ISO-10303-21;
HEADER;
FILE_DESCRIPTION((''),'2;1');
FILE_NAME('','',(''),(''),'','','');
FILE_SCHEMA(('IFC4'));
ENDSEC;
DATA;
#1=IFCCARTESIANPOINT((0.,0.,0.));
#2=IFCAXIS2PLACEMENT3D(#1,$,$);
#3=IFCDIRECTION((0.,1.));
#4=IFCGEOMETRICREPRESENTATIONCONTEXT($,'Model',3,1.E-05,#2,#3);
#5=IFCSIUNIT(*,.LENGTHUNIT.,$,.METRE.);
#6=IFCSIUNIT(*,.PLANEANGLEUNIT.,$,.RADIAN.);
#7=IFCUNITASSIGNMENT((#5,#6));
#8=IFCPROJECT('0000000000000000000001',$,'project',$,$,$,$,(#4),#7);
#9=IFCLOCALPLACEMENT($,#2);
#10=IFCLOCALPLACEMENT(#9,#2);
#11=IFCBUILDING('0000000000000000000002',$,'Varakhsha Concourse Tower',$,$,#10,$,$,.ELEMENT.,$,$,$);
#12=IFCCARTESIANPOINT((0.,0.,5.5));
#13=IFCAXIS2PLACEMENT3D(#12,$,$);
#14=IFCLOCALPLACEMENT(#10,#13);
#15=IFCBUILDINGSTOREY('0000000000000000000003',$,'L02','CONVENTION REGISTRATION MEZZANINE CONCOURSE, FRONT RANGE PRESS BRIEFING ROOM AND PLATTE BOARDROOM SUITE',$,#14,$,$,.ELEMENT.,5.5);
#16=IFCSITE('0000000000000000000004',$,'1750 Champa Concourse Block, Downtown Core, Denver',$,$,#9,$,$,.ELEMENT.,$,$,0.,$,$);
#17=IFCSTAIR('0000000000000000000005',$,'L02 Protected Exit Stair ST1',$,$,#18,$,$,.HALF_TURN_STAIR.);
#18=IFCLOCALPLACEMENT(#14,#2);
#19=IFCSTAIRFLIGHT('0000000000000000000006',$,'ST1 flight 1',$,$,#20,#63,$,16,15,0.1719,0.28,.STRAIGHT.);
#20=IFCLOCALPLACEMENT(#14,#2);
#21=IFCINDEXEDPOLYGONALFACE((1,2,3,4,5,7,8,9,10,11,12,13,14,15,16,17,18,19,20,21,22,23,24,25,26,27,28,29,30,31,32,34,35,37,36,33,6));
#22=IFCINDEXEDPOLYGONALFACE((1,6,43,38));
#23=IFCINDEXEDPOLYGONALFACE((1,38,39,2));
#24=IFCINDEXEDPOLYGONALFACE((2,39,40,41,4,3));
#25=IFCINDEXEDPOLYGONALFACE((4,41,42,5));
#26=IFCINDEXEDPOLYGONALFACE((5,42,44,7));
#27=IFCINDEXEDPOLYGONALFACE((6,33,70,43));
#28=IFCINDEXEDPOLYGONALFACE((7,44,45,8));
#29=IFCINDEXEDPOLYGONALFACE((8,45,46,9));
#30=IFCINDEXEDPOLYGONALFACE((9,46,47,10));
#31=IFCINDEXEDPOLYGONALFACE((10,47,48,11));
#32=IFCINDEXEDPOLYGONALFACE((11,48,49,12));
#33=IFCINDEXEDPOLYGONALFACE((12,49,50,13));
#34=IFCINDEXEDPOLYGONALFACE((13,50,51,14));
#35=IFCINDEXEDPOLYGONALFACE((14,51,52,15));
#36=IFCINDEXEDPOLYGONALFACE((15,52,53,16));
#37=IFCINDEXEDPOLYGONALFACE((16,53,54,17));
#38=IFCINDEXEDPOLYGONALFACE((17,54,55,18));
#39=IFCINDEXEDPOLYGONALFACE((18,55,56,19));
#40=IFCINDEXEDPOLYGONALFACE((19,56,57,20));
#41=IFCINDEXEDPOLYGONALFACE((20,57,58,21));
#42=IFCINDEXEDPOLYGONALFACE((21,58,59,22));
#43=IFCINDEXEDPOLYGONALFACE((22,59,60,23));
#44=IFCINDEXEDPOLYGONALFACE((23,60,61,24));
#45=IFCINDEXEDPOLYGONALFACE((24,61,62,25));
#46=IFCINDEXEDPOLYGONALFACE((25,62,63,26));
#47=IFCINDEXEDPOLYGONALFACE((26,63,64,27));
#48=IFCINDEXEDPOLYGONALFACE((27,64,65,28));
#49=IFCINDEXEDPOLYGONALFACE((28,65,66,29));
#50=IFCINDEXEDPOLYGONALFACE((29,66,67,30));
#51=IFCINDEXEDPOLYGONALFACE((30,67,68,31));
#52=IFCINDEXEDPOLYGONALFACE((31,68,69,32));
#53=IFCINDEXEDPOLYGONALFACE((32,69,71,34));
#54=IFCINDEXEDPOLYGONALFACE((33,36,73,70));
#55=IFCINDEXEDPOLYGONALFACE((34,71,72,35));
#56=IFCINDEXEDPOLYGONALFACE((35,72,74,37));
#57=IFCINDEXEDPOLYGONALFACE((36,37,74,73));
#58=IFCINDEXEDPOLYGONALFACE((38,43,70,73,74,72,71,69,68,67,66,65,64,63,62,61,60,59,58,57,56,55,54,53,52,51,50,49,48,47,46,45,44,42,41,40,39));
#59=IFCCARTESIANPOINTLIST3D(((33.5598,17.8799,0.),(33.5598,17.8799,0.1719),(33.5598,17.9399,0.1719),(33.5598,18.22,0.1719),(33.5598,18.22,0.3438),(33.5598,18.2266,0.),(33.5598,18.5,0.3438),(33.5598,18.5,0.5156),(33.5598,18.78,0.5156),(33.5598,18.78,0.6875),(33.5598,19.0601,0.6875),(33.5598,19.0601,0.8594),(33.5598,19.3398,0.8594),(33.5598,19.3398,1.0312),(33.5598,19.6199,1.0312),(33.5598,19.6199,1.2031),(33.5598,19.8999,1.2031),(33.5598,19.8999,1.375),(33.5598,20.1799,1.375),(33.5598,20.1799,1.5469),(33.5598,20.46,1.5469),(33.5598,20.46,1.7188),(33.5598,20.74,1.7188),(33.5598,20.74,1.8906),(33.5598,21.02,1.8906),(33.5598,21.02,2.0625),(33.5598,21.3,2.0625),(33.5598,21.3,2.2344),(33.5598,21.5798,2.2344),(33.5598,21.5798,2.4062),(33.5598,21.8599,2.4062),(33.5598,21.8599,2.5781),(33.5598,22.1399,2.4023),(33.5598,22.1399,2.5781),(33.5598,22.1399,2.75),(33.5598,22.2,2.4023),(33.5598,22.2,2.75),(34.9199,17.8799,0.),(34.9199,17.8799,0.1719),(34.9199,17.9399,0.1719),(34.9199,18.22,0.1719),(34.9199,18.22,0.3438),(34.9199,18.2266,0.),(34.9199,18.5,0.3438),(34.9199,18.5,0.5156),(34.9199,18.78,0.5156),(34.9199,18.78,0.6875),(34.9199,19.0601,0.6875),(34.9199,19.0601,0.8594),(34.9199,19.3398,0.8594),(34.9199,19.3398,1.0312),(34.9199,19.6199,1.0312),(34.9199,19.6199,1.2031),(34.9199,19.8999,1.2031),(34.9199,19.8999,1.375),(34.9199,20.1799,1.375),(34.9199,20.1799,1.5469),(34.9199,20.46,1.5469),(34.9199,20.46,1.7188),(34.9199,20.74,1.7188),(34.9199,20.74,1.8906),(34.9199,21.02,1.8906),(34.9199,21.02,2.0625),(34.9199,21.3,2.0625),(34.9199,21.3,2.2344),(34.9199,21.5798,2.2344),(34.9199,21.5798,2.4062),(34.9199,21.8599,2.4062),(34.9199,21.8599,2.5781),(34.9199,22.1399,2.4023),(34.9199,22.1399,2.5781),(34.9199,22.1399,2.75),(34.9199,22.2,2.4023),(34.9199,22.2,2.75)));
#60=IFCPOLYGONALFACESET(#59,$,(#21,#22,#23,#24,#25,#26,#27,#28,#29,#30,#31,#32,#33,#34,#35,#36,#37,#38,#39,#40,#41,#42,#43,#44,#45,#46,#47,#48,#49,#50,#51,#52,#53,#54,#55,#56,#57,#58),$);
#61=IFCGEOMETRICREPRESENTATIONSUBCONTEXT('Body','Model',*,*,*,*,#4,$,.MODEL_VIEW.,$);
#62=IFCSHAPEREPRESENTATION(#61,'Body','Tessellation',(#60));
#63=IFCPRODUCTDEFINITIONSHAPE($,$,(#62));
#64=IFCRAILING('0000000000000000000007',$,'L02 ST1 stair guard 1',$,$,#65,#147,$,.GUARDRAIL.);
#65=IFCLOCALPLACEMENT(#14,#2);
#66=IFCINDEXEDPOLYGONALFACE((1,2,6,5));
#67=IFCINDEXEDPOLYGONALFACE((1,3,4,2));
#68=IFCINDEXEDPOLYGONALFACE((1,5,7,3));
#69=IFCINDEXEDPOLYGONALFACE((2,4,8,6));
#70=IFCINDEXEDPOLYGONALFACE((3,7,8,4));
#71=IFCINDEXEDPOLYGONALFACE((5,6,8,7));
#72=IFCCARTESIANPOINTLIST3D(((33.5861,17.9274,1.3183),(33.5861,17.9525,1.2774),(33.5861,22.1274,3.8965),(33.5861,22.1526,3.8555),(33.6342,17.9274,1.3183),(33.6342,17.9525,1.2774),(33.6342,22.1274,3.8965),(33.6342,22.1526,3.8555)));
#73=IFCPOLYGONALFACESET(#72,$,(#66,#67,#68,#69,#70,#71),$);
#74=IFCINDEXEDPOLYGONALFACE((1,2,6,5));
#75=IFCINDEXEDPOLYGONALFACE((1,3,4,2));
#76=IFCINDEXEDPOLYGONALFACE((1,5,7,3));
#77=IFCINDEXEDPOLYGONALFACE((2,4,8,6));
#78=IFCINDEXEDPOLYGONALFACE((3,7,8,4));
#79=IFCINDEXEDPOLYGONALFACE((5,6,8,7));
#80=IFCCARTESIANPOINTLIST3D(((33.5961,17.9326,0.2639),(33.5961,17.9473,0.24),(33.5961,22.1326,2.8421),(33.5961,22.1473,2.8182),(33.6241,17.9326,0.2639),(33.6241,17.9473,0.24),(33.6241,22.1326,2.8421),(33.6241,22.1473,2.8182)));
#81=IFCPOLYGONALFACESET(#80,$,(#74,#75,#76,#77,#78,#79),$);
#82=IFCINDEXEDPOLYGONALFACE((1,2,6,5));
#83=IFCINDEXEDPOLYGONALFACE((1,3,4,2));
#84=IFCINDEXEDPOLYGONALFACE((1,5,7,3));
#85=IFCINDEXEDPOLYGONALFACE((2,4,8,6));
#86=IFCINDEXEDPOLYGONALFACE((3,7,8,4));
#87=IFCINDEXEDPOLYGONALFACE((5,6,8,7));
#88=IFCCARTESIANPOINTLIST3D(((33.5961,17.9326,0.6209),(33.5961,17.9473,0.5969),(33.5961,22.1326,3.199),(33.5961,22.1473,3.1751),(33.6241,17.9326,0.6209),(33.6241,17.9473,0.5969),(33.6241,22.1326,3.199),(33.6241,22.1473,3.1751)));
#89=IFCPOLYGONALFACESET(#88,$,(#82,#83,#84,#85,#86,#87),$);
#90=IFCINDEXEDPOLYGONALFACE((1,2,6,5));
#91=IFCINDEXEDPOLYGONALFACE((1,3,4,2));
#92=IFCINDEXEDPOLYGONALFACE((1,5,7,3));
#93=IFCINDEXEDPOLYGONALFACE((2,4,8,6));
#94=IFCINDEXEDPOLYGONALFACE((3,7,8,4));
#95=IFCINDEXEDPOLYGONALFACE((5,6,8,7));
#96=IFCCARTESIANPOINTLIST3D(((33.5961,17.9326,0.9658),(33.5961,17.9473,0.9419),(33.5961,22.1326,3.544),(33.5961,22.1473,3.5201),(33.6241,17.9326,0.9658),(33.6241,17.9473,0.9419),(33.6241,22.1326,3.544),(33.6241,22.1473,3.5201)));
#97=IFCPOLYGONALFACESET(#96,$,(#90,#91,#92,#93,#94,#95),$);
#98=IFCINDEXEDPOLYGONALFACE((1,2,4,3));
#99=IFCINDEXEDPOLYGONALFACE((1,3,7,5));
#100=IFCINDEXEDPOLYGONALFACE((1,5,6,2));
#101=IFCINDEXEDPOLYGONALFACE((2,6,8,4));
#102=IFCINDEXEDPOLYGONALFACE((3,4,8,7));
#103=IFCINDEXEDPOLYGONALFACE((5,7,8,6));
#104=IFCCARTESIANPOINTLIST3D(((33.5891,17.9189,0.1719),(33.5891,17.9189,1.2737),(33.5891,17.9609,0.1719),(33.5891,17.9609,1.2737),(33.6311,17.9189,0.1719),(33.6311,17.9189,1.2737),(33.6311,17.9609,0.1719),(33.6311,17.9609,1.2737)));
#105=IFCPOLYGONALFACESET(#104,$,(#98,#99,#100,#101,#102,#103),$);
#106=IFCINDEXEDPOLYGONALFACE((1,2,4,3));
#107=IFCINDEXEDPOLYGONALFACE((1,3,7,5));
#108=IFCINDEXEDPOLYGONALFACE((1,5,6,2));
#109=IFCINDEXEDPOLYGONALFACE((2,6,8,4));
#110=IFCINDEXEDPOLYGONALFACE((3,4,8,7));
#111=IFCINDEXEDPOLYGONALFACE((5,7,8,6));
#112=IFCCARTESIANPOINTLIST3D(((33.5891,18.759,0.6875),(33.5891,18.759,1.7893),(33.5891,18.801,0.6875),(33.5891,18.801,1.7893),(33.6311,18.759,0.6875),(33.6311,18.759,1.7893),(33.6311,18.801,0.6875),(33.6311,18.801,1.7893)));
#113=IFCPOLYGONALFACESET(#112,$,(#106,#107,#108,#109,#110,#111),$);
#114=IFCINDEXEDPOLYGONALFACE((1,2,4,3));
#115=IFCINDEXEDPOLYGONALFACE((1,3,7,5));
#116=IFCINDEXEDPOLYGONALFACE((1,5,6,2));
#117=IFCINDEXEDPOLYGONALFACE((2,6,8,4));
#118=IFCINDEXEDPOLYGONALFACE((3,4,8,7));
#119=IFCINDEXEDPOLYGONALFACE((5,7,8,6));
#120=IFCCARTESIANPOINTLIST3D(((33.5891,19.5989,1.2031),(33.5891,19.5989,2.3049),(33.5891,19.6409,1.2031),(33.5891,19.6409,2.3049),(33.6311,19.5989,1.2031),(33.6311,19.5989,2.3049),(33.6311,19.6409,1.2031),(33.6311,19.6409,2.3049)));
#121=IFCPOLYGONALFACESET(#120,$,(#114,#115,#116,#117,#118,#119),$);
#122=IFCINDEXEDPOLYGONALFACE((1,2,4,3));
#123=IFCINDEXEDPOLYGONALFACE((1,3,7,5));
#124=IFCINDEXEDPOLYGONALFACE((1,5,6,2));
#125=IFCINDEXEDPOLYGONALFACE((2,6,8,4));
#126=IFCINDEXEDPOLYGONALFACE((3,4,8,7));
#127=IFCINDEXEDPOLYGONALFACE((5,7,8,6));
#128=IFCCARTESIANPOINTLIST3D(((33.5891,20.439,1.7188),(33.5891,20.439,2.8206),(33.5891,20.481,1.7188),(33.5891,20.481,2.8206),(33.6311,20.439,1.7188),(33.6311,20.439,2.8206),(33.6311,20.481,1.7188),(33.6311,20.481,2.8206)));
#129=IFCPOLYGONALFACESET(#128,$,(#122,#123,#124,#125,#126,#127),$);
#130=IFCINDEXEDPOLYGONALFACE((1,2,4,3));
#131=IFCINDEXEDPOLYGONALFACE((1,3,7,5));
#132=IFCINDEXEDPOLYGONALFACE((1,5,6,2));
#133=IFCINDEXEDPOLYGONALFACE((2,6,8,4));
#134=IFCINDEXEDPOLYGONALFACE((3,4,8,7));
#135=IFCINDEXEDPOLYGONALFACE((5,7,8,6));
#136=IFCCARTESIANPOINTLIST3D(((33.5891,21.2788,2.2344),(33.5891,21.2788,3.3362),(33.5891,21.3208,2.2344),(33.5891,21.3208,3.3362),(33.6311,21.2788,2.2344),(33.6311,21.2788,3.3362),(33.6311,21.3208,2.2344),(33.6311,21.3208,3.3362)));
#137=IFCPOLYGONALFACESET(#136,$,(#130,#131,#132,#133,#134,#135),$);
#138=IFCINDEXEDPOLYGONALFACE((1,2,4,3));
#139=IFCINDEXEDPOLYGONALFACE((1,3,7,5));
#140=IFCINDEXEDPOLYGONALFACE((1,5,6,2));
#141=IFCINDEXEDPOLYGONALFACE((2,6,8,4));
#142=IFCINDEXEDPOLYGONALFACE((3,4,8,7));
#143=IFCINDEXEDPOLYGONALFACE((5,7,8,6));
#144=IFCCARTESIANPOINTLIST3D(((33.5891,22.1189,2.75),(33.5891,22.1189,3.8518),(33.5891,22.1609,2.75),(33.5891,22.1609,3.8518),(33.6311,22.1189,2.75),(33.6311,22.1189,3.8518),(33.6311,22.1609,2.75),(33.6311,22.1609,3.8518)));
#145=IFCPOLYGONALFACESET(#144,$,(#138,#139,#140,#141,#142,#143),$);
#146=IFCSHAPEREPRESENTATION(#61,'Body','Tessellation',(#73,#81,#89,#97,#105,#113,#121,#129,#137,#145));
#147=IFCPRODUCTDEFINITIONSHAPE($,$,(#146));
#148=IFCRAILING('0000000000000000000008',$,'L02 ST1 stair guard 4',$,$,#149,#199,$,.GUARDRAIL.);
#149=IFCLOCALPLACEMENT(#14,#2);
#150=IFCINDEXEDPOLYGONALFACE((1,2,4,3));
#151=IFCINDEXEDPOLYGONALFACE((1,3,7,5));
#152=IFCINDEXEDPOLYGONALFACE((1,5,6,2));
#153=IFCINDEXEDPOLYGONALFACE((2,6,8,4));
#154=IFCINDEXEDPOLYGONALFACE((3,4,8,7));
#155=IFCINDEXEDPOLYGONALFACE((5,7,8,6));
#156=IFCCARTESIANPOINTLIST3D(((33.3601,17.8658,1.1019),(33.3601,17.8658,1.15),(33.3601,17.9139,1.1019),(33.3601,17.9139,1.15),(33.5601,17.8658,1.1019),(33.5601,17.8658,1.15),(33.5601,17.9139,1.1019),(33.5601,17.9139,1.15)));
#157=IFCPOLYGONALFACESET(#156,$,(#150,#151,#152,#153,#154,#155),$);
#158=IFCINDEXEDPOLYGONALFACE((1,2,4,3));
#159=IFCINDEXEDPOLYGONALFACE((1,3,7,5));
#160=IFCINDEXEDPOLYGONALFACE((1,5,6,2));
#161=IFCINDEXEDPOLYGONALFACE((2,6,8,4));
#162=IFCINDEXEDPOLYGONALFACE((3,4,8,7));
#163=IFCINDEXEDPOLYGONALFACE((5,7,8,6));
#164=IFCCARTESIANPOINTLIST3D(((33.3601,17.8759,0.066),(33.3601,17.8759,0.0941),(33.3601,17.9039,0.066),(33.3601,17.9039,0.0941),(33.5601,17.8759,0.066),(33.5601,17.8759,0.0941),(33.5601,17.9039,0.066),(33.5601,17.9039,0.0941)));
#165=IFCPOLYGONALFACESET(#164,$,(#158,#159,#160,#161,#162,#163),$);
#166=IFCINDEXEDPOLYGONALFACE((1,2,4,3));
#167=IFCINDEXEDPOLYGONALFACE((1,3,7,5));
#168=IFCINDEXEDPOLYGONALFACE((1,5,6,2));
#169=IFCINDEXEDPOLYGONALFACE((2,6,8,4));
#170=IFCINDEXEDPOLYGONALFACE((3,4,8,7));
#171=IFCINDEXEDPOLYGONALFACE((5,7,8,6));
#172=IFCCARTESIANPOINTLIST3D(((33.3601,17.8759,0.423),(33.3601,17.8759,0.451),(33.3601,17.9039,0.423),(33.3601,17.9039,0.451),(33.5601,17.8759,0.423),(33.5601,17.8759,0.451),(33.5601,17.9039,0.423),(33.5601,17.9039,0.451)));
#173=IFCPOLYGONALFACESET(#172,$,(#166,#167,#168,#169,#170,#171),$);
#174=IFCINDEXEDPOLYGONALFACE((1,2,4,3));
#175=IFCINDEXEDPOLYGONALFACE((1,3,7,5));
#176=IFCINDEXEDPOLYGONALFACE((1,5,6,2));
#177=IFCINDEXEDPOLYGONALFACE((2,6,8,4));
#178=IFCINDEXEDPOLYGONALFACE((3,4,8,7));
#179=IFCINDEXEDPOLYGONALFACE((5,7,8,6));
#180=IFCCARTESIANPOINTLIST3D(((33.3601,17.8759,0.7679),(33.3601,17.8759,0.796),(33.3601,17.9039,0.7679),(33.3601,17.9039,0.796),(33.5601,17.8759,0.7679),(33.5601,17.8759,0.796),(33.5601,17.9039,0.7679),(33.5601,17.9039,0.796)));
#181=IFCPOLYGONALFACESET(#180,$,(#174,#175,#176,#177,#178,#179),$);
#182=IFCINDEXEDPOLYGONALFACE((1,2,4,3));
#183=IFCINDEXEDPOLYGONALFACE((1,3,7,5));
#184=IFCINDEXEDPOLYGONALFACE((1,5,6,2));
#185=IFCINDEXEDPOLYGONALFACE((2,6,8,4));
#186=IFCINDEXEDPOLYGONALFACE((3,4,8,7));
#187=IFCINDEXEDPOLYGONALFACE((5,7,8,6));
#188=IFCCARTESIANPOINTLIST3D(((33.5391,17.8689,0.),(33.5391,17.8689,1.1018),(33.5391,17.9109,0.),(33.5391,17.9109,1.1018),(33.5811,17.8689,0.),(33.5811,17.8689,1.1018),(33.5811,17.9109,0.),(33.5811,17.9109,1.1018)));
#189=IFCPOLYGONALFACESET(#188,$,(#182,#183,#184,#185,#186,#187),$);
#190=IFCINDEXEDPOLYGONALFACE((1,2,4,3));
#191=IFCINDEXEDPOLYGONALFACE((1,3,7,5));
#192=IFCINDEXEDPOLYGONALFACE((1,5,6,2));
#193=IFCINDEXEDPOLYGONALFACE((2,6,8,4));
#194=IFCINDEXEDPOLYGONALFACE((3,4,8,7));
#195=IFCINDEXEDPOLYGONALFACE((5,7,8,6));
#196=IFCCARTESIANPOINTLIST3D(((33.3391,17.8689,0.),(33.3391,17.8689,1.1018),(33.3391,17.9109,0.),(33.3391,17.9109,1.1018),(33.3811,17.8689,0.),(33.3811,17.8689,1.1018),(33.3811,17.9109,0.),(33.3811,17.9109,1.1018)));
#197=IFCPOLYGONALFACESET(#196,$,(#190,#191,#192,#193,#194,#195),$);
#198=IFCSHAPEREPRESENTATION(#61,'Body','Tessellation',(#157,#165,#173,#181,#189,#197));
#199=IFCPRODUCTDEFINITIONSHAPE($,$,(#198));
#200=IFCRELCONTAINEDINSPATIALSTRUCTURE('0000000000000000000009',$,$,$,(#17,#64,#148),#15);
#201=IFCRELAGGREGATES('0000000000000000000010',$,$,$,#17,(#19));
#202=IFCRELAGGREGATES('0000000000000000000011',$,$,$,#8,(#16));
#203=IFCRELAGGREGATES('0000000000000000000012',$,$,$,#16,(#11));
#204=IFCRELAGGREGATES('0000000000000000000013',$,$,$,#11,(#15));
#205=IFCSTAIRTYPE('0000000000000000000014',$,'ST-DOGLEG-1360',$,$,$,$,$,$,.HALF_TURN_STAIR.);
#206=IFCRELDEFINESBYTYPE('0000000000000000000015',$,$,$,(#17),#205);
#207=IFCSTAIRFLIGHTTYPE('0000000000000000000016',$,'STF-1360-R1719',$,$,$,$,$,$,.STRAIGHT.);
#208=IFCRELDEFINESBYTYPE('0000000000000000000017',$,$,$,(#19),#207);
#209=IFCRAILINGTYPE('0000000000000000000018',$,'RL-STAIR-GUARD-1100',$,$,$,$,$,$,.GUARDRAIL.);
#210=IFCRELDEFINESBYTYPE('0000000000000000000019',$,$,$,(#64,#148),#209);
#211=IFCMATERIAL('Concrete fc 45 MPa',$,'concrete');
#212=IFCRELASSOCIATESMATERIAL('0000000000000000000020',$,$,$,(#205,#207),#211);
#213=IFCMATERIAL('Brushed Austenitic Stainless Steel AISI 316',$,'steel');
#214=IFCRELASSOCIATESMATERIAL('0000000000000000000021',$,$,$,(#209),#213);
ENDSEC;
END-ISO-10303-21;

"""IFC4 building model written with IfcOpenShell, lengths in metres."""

from ifc_helpers import new_model, si_unit, direction, frame, origin, origin_2d, place, context, subcontext, project, spatial, polyline, rectangle, outline, extrude, material, type_object, element, aggregate, save


model = new_model("IFC4")

# Units and contexts
model_context = context("Model", 3, precision=1e-05, world=origin(), true_north=direction((0.0, 1.0)))
body_context = subcontext(model_context, "Body", "Model", "MODEL_VIEW")
ifc_project = project(units=[si_unit("LENGTHUNIT", "METRE"), si_unit("PLANEANGLEUNIT", "RADIAN")], contexts=[model_context])

# Site, building, storey
site_placement = place(None, origin())
site = spatial("IfcSite", under=ifc_project, at=site_placement, Name="1750 Champa Concourse Block, Downtown Core, Denver", CompositionType="ELEMENT", RefElevation=0.0)
building_placement = place(site_placement, origin())
building = spatial("IfcBuilding", under=site, at=building_placement, Name="Varakhsha Concourse Tower", CompositionType="ELEMENT")
storey_placement = place(building_placement, frame((0.0, 0.0, 5.5)))
storey = spatial("IfcBuildingStorey", under=building, at=storey_placement, Name="L02", Description="CONVENTION REGISTRATION MEZZANINE CONCOURSE, FRONT RANGE PRESS BRIEFING ROOM AND PLATTE BOARDROOM SUITE", CompositionType="ELEMENT", Elevation=5.5)

# Shared definitions
ifc_material_1 = material(Name="Concrete fc 45 MPa", Category="concrete")

# Stair, stair flight
stair_type = type_object("IfcStairType", Name="ST-DOGLEG-1360", PredefinedType="HALF_TURN_STAIR", material=ifc_material_1)
stair_placement = place(storey_placement, origin())
stair = element("IfcStair", 1, at=stair_placement, inside=storey, type_object=stair_type, Name="L02 Protected Exit Stair ST1", PredefinedType="HALF_TURN_STAIR")
stair_flight_type = type_object("IfcStairFlightType", Name="STF-1360-R1719", PredefinedType="STRAIGHT", material=ifc_material_1)
stair_flight_placement = place(storey_placement, frame((34.24, 17.9399, 0.0), z_axis=(0.0, 0.0, 1.0), x_axis=(0.0, 1.0, 0.0)))
stair_flight = element("IfcStairFlight", 2, at=stair_flight_placement, type_object=stair_flight_type, Name="ST1 flight 1", NumberOfRisers=16, NumberOfTreads=15, PredefinedType="STRAIGHT", RiserHeight=0.1719, TreadLength=0.28, context=body_context, shape_type="SweptSolid", body=[
    extrude(outline(polyline([(-0.0601, 0.0), (-0.0601, 0.1719), (0.0, 0.1719), (0.28, 0.1719), (0.28, 0.3438), (0.5601, 0.3438), (0.5601, 0.5156), (0.8401, 0.5156), (0.8401, 0.6875), (1.1201, 0.6875), (1.1201, 0.8594), (1.3999, 0.8594), (1.3999, 1.0312), (1.6799, 1.0312), (1.6799, 1.2031), (1.96, 1.2031), (1.96, 1.375), (2.24, 1.375), (2.24, 1.5469), (2.52, 1.5469), (2.52, 1.7188), (2.8, 1.7188), (2.8, 1.8906), (3.0801, 1.8906), (3.0801, 2.0625), (3.3601, 2.0625), (3.3601, 2.2344), (3.6399, 2.2344), (3.6399, 2.4062), (3.9199, 2.4062), (3.9199, 2.5781), (4.2, 2.5781), (4.2, 2.75), (4.26, 2.75), (4.26, 2.4023), (4.2, 2.4023), (0.2866, 0.0), (-0.0601, 0.0)])), frame((0.0, 0.6802, 0.0), z_axis=(0.0, -1.0, 0.0), x_axis=(1.0, 0.0, 0.0)), (0.0, 0.0, 1.0), 1.3601),
])
aggregate(stair, [stair_flight])

# Railings
ifc_material_2 = material(Name="Brushed Austenitic Stainless Steel AISI 316", Category="steel")
railing_type_1 = type_object("IfcRailingType", Name="RL-STAIR-GUARD-1100", PredefinedType="GUARDRAIL", material=ifc_material_2)
railing_1_placement = place(storey_placement, frame((33.6101, 17.9399, 0.1719)))
element("IfcRailing", 3, at=railing_1_placement, inside=storey, type_object=railing_type_1, Name="L02 ST1 stair guard 1", PredefinedType="GUARDRAIL", context=body_context, shape_type="SweptSolid", body=[
    extrude(rectangle(XDim=0.0481, YDim=0.0481, at=origin_2d()), frame((0.0, 0.0, 1.126), z_axis=(0.0, 0.852243, 0.523146), x_axis=(-1.0, 0.0, 0.0)), (0.0, 0.0, 1.0), 4.9282),
    extrude(rectangle(XDim=0.0281, YDim=0.0281, at=origin_2d()), frame((0.0, 0.0, 0.0801), z_axis=(0.0, 0.852243, 0.523146), x_axis=(-1.0, 0.0, 0.0)), (0.0, 0.0, 1.0), 4.9282),
    extrude(rectangle(XDim=0.0281, YDim=0.0281, at=origin_2d()), frame((0.0, 0.0, 0.437), z_axis=(0.0, 0.852243, 0.523146), x_axis=(-1.0, 0.0, 0.0)), (0.0, 0.0, 1.0), 4.9282),
    extrude(rectangle(XDim=0.0281, YDim=0.0281, at=origin_2d()), frame((0.0, 0.0, 0.782), z_axis=(0.0, 0.852243, 0.523146), x_axis=(-1.0, 0.0, 0.0)), (0.0, 0.0, 1.0), 4.9282),
    extrude(rectangle(XDim=0.042, YDim=0.042, at=origin_2d()), origin(), (0.0, 0.0, 1.0), 1.1018),
    extrude(rectangle(XDim=0.042, YDim=0.042, at=origin_2d()), frame((0.0, 0.8401, 0.5156)), (0.0, 0.0, 1.0), 1.1018),
    extrude(rectangle(XDim=0.042, YDim=0.042, at=origin_2d()), frame((0.0, 1.6799, 1.0312)), (0.0, 0.0, 1.0), 1.1018),
    extrude(rectangle(XDim=0.042, YDim=0.042, at=origin_2d()), frame((0.0, 2.52, 1.5469)), (0.0, 0.0, 1.0), 1.1018),
    extrude(rectangle(XDim=0.042, YDim=0.042, at=origin_2d()), frame((0.0, 3.3599, 2.0625)), (0.0, 0.0, 1.0), 1.1018),
    extrude(rectangle(XDim=0.042, YDim=0.042, at=origin_2d()), frame((0.0, 4.2, 2.5781)), (0.0, 0.0, 1.0), 1.1018),
])
railing_2_placement = place(storey_placement, frame((33.5601, 17.8899, 0.0)))
element("IfcRailing", 4, at=railing_2_placement, inside=storey, type_object=railing_type_1, Name="L02 ST1 stair guard 4", PredefinedType="GUARDRAIL", context=body_context, shape_type="SweptSolid", body=[
    extrude(rectangle(XDim=0.0481, YDim=0.0481, at=origin_2d()), frame((0.0, 0.0, 1.126), z_axis=(-1.0, 0.0, 0.0), x_axis=(0.0, -1.0, 0.0)), (0.0, 0.0, 1.0), 0.2),
    extrude(rectangle(XDim=0.0281, YDim=0.0281, at=origin_2d()), frame((0.0, 0.0, 0.0801), z_axis=(-1.0, 0.0, 0.0), x_axis=(0.0, -1.0, 0.0)), (0.0, 0.0, 1.0), 0.2),
    extrude(rectangle(XDim=0.0281, YDim=0.0281, at=origin_2d()), frame((0.0, 0.0, 0.437), z_axis=(-1.0, 0.0, 0.0), x_axis=(0.0, -1.0, 0.0)), (0.0, 0.0, 1.0), 0.2),
    extrude(rectangle(XDim=0.0281, YDim=0.0281, at=origin_2d()), frame((0.0, 0.0, 0.782), z_axis=(-1.0, 0.0, 0.0), x_axis=(0.0, -1.0, 0.0)), (0.0, 0.0, 1.0), 0.2),
    extrude(rectangle(XDim=0.042, YDim=0.042, at=origin_2d()), origin(), (0.0, 0.0, 1.0), 1.1018),
    extrude(rectangle(XDim=0.042, YDim=0.042, at=origin_2d()), frame((-0.2, 0.0, 0.0)), (0.0, 0.0, 1.0), 1.1018),
])

save(model, "model.ifc")
